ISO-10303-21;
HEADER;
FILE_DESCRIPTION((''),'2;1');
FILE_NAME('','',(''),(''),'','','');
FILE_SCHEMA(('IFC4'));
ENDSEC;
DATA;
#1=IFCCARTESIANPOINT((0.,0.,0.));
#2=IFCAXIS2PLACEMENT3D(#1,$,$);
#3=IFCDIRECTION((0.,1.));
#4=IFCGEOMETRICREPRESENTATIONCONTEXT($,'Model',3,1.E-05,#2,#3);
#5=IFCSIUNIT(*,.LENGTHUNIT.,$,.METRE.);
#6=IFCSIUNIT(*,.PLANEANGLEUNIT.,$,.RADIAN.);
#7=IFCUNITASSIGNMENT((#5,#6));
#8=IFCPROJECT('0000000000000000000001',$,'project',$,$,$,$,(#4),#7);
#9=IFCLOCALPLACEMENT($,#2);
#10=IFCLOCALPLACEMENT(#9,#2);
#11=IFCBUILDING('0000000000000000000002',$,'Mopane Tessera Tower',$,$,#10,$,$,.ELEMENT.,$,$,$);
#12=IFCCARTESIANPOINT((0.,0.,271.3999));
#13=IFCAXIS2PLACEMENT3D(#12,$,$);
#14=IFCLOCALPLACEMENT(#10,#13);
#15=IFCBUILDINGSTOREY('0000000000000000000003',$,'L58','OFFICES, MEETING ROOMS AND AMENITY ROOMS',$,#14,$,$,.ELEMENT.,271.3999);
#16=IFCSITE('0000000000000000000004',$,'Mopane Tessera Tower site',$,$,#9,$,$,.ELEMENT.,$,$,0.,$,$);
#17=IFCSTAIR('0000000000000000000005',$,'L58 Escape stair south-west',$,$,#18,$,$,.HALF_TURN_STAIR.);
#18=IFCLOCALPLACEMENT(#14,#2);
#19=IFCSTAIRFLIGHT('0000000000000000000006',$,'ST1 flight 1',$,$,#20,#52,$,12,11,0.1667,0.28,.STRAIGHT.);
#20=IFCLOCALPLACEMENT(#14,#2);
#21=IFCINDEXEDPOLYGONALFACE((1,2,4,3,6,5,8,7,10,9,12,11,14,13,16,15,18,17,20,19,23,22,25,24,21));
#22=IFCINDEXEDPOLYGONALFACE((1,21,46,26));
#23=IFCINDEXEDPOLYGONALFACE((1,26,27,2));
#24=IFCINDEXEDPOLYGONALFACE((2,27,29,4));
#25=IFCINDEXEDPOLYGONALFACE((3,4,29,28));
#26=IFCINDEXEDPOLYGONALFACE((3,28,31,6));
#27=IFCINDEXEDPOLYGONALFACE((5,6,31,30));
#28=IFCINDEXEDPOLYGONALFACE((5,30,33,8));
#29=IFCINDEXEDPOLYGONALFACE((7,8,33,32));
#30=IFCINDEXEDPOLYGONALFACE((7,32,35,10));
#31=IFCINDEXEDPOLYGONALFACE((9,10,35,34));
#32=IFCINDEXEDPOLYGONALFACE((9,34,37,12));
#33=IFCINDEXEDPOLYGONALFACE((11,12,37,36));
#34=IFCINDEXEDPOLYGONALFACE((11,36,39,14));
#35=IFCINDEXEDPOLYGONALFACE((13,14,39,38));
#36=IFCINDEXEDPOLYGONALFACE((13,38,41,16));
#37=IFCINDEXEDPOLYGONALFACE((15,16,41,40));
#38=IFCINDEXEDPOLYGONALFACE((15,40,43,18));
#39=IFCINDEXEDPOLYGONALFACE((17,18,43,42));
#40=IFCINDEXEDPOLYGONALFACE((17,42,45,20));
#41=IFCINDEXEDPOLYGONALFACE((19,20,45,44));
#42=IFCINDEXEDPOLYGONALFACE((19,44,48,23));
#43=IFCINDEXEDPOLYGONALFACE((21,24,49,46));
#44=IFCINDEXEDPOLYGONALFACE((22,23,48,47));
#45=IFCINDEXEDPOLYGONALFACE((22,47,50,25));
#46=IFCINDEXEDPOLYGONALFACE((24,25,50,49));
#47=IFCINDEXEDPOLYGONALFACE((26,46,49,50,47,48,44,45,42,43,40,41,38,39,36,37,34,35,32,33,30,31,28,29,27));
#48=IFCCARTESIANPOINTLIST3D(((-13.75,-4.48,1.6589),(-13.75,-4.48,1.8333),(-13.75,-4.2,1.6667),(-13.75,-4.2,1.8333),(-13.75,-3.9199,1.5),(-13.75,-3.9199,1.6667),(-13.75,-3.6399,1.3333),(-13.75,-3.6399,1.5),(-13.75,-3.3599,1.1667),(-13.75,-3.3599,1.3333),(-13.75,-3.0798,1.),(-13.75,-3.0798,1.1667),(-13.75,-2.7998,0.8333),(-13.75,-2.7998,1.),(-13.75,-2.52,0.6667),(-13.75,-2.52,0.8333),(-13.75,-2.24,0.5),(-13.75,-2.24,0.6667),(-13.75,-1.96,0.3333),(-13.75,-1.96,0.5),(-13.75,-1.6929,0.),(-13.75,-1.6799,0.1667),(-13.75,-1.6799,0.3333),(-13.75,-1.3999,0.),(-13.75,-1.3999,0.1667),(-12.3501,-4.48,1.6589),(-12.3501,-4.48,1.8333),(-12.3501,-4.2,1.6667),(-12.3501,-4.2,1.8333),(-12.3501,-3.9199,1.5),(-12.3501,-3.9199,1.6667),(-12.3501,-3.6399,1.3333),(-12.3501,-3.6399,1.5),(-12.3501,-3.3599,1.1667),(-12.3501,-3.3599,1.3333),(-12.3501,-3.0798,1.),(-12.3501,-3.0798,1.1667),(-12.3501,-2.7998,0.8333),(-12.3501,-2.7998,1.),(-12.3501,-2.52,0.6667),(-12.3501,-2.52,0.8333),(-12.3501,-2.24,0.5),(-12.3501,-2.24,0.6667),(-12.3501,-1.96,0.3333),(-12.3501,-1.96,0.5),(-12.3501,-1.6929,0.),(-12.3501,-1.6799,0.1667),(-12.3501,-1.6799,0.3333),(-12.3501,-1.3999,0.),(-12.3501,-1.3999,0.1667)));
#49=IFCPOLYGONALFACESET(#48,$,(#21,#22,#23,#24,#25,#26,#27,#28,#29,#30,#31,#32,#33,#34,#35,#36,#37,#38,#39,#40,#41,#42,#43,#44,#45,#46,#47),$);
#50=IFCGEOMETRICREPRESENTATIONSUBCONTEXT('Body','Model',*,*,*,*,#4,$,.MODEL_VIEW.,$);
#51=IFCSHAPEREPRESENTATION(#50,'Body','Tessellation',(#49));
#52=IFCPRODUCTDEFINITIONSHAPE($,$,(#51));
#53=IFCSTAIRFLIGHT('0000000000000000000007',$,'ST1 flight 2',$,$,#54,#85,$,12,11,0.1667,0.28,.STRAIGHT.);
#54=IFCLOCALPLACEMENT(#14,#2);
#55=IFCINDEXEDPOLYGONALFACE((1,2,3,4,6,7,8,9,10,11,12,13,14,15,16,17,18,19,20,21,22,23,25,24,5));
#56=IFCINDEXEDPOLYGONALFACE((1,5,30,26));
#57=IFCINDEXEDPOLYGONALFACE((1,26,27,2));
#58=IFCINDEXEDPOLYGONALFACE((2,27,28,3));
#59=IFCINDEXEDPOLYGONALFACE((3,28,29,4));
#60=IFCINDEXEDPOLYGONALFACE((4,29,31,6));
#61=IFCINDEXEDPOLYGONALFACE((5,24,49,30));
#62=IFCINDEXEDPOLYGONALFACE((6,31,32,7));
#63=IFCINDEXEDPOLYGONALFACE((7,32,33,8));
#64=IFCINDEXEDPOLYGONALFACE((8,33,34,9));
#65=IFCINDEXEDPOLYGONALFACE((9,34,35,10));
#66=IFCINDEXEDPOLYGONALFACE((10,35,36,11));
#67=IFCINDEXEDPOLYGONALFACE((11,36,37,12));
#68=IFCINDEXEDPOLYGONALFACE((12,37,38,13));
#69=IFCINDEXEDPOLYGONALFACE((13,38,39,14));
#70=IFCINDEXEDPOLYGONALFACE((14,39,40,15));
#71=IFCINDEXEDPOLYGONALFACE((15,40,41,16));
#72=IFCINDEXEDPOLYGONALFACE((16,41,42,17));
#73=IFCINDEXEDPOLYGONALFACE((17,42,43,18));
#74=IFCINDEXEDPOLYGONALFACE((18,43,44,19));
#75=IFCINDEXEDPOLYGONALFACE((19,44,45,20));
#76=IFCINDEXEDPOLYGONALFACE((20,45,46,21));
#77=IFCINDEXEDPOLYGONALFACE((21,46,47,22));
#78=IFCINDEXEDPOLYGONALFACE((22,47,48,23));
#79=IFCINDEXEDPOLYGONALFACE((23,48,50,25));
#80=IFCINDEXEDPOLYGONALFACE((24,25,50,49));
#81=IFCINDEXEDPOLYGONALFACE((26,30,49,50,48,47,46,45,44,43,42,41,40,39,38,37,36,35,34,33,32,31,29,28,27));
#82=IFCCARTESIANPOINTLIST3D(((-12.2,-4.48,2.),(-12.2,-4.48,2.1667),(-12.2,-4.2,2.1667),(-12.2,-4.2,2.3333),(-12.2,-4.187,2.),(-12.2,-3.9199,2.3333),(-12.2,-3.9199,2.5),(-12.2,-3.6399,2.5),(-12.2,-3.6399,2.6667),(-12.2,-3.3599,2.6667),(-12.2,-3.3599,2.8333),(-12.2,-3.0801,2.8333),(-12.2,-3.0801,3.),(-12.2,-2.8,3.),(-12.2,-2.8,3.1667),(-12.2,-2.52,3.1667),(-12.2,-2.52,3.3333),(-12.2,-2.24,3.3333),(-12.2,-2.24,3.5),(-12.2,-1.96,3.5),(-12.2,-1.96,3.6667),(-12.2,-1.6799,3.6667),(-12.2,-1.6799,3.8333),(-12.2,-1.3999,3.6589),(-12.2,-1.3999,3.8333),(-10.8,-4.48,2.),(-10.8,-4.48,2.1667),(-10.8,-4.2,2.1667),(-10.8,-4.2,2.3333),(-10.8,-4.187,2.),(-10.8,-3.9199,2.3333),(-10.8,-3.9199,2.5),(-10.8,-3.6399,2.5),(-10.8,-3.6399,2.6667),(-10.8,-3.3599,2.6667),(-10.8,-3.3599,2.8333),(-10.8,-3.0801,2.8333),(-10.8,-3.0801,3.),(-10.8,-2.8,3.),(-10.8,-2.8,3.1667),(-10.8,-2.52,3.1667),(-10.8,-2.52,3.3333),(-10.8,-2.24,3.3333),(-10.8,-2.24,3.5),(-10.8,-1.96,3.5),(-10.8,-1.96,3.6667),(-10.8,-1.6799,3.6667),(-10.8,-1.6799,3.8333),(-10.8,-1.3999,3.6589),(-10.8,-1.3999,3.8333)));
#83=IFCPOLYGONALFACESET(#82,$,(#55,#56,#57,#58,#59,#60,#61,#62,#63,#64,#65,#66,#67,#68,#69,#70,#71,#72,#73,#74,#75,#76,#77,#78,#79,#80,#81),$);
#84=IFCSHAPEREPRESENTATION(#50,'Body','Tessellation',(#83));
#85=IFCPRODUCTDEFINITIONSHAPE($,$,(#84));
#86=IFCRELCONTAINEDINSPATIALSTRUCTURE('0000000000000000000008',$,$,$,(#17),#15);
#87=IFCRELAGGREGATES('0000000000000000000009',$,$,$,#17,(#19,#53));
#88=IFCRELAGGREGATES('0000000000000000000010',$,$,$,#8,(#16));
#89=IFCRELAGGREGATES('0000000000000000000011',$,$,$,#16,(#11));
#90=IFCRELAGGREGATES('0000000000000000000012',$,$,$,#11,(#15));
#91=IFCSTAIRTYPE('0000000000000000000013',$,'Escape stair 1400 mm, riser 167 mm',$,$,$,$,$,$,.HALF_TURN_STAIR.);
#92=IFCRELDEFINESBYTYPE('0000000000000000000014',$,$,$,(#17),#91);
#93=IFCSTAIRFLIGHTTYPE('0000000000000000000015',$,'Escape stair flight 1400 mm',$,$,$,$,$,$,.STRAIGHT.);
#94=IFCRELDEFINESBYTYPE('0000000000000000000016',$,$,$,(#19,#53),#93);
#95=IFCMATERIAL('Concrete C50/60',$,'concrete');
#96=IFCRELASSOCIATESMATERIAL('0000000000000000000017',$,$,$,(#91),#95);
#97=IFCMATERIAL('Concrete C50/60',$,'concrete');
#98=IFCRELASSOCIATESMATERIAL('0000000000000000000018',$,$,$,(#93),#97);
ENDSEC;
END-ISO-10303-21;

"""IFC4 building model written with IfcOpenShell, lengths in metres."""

from ifc_helpers import new_model, si_unit, direction, frame, origin, place, context, subcontext, project, spatial, polyline, outline, extrude, material, type_object, element, aggregate, save


model = new_model("IFC4")

# Units and contexts
model_context = context("Model", 3, precision=1e-05, world=origin(), true_north=direction((0.0, 1.0)))
body_context = subcontext(model_context, "Body", "Model", "MODEL_VIEW")
ifc_project = project(units=[si_unit("LENGTHUNIT", "METRE"), si_unit("PLANEANGLEUNIT", "RADIAN")], contexts=[model_context])

# Site, building, storey
site_placement = place(None, origin())
site = spatial("IfcSite", under=ifc_project, at=site_placement, Name="Mopane Tessera Tower site", CompositionType="ELEMENT", RefElevation=0.0)
building_placement = place(site_placement, origin())
building = spatial("IfcBuilding", under=site, at=building_placement, Name="Mopane Tessera Tower", CompositionType="ELEMENT")
storey_placement = place(building_placement, frame((0.0, 0.0, 271.3999)))
storey = spatial("IfcBuildingStorey", under=building, at=storey_placement, Name="L58", Description="OFFICES, MEETING ROOMS AND AMENITY ROOMS", CompositionType="ELEMENT", Elevation=271.3999)

# Stair, stair flights
ifc_material_1 = material(Name="Concrete C50/60", Category="concrete")
stair_type = type_object("IfcStairType", Name="Escape stair 1400 mm, riser 167 mm", PredefinedType="HALF_TURN_STAIR", material=ifc_material_1)
stair_placement = place(storey_placement, origin())
stair = element("IfcStair", 1, at=stair_placement, inside=storey, type_object=stair_type, Name="L58 Escape stair south-west", PredefinedType="HALF_TURN_STAIR")
ifc_material_2 = material(Name="Concrete C50/60", Category="concrete")
stair_flight_type = type_object("IfcStairFlightType", Name="Escape stair flight 1400 mm", PredefinedType="STRAIGHT", material=ifc_material_2)
stair_flight_1_placement = place(storey_placement, frame((-13.05, -1.3999, 0.0), z_axis=(0.0, 0.0, 1.0), x_axis=(0.0, -1.0, 0.0)))
stair_flight_1 = element("IfcStairFlight", 2, at=stair_flight_1_placement, type_object=stair_flight_type, Name="ST1 flight 1", NumberOfRisers=12, NumberOfTreads=11, PredefinedType="STRAIGHT", RiserHeight=0.1667, TreadLength=0.28, context=body_context, shape_type="SweptSolid", body=[
    extrude(outline(polyline([(0.0, 0.0), (0.0, 0.1667), (0.28, 0.1667), (0.28, 0.3333), (0.5601, 0.3333), (0.5601, 0.5), (0.8401, 0.5), (0.8401, 0.6667), (1.1201, 0.6667), (1.1201, 0.8333), (1.3999, 0.8333), (1.3999, 1.0), (1.6799, 1.0), (1.6799, 1.1667), (1.96, 1.1667), (1.96, 1.3333), (2.24, 1.3333), (2.24, 1.5), (2.52, 1.5), (2.52, 1.6667), (2.8, 1.6667), (2.8, 1.8333), (3.0801, 1.8333), (3.0801, 2.0), (3.0801, 1.6589), (0.293, 0.0), (0.0, 0.0)])), frame((0.0, 0.7, 0.0), z_axis=(0.0, -1.0, 0.0), x_axis=(1.0, 0.0, 0.0)), (0.0, 0.0, 1.0), 1.3999),
])
stair_flight_2_placement = place(storey_placement, frame((-11.5, -4.48, 2.0), z_axis=(0.0, 0.0, 1.0), x_axis=(0.0, 1.0, 0.0)))
stair_flight_2 = element("IfcStairFlight", 3, at=stair_flight_2_placement, type_object=stair_flight_type, Name="ST1 flight 2", NumberOfRisers=12, NumberOfTreads=11, PredefinedType="STRAIGHT", RiserHeight=0.1667, TreadLength=0.28, context=body_context, shape_type="SweptSolid", body=[
    extrude(outline(polyline([(0.0, 0.0), (0.0, 0.1667), (0.28, 0.1667), (0.28, 0.3333), (0.5601, 0.3333), (0.5601, 0.5), (0.8401, 0.5), (0.8401, 0.6667), (1.1201, 0.6667), (1.1201, 0.8333), (1.3999, 0.8333), (1.3999, 1.0), (1.6799, 1.0), (1.6799, 1.1667), (1.96, 1.1667), (1.96, 1.3333), (2.24, 1.3333), (2.24, 1.5), (2.52, 1.5), (2.52, 1.6667), (2.8, 1.6667), (2.8, 1.8333), (3.0801, 1.8333), (3.0801, 2.0), (3.0801, 1.6589), (0.293, 0.0), (0.0, 0.0)])), frame((0.0, 0.7, 0.0), z_axis=(0.0, -1.0, 0.0), x_axis=(1.0, 0.0, 0.0)), (0.0, 0.0, 1.0), 1.3999),
])
aggregate(stair, [stair_flight_1, stair_flight_2])

save(model, "model.ifc")
